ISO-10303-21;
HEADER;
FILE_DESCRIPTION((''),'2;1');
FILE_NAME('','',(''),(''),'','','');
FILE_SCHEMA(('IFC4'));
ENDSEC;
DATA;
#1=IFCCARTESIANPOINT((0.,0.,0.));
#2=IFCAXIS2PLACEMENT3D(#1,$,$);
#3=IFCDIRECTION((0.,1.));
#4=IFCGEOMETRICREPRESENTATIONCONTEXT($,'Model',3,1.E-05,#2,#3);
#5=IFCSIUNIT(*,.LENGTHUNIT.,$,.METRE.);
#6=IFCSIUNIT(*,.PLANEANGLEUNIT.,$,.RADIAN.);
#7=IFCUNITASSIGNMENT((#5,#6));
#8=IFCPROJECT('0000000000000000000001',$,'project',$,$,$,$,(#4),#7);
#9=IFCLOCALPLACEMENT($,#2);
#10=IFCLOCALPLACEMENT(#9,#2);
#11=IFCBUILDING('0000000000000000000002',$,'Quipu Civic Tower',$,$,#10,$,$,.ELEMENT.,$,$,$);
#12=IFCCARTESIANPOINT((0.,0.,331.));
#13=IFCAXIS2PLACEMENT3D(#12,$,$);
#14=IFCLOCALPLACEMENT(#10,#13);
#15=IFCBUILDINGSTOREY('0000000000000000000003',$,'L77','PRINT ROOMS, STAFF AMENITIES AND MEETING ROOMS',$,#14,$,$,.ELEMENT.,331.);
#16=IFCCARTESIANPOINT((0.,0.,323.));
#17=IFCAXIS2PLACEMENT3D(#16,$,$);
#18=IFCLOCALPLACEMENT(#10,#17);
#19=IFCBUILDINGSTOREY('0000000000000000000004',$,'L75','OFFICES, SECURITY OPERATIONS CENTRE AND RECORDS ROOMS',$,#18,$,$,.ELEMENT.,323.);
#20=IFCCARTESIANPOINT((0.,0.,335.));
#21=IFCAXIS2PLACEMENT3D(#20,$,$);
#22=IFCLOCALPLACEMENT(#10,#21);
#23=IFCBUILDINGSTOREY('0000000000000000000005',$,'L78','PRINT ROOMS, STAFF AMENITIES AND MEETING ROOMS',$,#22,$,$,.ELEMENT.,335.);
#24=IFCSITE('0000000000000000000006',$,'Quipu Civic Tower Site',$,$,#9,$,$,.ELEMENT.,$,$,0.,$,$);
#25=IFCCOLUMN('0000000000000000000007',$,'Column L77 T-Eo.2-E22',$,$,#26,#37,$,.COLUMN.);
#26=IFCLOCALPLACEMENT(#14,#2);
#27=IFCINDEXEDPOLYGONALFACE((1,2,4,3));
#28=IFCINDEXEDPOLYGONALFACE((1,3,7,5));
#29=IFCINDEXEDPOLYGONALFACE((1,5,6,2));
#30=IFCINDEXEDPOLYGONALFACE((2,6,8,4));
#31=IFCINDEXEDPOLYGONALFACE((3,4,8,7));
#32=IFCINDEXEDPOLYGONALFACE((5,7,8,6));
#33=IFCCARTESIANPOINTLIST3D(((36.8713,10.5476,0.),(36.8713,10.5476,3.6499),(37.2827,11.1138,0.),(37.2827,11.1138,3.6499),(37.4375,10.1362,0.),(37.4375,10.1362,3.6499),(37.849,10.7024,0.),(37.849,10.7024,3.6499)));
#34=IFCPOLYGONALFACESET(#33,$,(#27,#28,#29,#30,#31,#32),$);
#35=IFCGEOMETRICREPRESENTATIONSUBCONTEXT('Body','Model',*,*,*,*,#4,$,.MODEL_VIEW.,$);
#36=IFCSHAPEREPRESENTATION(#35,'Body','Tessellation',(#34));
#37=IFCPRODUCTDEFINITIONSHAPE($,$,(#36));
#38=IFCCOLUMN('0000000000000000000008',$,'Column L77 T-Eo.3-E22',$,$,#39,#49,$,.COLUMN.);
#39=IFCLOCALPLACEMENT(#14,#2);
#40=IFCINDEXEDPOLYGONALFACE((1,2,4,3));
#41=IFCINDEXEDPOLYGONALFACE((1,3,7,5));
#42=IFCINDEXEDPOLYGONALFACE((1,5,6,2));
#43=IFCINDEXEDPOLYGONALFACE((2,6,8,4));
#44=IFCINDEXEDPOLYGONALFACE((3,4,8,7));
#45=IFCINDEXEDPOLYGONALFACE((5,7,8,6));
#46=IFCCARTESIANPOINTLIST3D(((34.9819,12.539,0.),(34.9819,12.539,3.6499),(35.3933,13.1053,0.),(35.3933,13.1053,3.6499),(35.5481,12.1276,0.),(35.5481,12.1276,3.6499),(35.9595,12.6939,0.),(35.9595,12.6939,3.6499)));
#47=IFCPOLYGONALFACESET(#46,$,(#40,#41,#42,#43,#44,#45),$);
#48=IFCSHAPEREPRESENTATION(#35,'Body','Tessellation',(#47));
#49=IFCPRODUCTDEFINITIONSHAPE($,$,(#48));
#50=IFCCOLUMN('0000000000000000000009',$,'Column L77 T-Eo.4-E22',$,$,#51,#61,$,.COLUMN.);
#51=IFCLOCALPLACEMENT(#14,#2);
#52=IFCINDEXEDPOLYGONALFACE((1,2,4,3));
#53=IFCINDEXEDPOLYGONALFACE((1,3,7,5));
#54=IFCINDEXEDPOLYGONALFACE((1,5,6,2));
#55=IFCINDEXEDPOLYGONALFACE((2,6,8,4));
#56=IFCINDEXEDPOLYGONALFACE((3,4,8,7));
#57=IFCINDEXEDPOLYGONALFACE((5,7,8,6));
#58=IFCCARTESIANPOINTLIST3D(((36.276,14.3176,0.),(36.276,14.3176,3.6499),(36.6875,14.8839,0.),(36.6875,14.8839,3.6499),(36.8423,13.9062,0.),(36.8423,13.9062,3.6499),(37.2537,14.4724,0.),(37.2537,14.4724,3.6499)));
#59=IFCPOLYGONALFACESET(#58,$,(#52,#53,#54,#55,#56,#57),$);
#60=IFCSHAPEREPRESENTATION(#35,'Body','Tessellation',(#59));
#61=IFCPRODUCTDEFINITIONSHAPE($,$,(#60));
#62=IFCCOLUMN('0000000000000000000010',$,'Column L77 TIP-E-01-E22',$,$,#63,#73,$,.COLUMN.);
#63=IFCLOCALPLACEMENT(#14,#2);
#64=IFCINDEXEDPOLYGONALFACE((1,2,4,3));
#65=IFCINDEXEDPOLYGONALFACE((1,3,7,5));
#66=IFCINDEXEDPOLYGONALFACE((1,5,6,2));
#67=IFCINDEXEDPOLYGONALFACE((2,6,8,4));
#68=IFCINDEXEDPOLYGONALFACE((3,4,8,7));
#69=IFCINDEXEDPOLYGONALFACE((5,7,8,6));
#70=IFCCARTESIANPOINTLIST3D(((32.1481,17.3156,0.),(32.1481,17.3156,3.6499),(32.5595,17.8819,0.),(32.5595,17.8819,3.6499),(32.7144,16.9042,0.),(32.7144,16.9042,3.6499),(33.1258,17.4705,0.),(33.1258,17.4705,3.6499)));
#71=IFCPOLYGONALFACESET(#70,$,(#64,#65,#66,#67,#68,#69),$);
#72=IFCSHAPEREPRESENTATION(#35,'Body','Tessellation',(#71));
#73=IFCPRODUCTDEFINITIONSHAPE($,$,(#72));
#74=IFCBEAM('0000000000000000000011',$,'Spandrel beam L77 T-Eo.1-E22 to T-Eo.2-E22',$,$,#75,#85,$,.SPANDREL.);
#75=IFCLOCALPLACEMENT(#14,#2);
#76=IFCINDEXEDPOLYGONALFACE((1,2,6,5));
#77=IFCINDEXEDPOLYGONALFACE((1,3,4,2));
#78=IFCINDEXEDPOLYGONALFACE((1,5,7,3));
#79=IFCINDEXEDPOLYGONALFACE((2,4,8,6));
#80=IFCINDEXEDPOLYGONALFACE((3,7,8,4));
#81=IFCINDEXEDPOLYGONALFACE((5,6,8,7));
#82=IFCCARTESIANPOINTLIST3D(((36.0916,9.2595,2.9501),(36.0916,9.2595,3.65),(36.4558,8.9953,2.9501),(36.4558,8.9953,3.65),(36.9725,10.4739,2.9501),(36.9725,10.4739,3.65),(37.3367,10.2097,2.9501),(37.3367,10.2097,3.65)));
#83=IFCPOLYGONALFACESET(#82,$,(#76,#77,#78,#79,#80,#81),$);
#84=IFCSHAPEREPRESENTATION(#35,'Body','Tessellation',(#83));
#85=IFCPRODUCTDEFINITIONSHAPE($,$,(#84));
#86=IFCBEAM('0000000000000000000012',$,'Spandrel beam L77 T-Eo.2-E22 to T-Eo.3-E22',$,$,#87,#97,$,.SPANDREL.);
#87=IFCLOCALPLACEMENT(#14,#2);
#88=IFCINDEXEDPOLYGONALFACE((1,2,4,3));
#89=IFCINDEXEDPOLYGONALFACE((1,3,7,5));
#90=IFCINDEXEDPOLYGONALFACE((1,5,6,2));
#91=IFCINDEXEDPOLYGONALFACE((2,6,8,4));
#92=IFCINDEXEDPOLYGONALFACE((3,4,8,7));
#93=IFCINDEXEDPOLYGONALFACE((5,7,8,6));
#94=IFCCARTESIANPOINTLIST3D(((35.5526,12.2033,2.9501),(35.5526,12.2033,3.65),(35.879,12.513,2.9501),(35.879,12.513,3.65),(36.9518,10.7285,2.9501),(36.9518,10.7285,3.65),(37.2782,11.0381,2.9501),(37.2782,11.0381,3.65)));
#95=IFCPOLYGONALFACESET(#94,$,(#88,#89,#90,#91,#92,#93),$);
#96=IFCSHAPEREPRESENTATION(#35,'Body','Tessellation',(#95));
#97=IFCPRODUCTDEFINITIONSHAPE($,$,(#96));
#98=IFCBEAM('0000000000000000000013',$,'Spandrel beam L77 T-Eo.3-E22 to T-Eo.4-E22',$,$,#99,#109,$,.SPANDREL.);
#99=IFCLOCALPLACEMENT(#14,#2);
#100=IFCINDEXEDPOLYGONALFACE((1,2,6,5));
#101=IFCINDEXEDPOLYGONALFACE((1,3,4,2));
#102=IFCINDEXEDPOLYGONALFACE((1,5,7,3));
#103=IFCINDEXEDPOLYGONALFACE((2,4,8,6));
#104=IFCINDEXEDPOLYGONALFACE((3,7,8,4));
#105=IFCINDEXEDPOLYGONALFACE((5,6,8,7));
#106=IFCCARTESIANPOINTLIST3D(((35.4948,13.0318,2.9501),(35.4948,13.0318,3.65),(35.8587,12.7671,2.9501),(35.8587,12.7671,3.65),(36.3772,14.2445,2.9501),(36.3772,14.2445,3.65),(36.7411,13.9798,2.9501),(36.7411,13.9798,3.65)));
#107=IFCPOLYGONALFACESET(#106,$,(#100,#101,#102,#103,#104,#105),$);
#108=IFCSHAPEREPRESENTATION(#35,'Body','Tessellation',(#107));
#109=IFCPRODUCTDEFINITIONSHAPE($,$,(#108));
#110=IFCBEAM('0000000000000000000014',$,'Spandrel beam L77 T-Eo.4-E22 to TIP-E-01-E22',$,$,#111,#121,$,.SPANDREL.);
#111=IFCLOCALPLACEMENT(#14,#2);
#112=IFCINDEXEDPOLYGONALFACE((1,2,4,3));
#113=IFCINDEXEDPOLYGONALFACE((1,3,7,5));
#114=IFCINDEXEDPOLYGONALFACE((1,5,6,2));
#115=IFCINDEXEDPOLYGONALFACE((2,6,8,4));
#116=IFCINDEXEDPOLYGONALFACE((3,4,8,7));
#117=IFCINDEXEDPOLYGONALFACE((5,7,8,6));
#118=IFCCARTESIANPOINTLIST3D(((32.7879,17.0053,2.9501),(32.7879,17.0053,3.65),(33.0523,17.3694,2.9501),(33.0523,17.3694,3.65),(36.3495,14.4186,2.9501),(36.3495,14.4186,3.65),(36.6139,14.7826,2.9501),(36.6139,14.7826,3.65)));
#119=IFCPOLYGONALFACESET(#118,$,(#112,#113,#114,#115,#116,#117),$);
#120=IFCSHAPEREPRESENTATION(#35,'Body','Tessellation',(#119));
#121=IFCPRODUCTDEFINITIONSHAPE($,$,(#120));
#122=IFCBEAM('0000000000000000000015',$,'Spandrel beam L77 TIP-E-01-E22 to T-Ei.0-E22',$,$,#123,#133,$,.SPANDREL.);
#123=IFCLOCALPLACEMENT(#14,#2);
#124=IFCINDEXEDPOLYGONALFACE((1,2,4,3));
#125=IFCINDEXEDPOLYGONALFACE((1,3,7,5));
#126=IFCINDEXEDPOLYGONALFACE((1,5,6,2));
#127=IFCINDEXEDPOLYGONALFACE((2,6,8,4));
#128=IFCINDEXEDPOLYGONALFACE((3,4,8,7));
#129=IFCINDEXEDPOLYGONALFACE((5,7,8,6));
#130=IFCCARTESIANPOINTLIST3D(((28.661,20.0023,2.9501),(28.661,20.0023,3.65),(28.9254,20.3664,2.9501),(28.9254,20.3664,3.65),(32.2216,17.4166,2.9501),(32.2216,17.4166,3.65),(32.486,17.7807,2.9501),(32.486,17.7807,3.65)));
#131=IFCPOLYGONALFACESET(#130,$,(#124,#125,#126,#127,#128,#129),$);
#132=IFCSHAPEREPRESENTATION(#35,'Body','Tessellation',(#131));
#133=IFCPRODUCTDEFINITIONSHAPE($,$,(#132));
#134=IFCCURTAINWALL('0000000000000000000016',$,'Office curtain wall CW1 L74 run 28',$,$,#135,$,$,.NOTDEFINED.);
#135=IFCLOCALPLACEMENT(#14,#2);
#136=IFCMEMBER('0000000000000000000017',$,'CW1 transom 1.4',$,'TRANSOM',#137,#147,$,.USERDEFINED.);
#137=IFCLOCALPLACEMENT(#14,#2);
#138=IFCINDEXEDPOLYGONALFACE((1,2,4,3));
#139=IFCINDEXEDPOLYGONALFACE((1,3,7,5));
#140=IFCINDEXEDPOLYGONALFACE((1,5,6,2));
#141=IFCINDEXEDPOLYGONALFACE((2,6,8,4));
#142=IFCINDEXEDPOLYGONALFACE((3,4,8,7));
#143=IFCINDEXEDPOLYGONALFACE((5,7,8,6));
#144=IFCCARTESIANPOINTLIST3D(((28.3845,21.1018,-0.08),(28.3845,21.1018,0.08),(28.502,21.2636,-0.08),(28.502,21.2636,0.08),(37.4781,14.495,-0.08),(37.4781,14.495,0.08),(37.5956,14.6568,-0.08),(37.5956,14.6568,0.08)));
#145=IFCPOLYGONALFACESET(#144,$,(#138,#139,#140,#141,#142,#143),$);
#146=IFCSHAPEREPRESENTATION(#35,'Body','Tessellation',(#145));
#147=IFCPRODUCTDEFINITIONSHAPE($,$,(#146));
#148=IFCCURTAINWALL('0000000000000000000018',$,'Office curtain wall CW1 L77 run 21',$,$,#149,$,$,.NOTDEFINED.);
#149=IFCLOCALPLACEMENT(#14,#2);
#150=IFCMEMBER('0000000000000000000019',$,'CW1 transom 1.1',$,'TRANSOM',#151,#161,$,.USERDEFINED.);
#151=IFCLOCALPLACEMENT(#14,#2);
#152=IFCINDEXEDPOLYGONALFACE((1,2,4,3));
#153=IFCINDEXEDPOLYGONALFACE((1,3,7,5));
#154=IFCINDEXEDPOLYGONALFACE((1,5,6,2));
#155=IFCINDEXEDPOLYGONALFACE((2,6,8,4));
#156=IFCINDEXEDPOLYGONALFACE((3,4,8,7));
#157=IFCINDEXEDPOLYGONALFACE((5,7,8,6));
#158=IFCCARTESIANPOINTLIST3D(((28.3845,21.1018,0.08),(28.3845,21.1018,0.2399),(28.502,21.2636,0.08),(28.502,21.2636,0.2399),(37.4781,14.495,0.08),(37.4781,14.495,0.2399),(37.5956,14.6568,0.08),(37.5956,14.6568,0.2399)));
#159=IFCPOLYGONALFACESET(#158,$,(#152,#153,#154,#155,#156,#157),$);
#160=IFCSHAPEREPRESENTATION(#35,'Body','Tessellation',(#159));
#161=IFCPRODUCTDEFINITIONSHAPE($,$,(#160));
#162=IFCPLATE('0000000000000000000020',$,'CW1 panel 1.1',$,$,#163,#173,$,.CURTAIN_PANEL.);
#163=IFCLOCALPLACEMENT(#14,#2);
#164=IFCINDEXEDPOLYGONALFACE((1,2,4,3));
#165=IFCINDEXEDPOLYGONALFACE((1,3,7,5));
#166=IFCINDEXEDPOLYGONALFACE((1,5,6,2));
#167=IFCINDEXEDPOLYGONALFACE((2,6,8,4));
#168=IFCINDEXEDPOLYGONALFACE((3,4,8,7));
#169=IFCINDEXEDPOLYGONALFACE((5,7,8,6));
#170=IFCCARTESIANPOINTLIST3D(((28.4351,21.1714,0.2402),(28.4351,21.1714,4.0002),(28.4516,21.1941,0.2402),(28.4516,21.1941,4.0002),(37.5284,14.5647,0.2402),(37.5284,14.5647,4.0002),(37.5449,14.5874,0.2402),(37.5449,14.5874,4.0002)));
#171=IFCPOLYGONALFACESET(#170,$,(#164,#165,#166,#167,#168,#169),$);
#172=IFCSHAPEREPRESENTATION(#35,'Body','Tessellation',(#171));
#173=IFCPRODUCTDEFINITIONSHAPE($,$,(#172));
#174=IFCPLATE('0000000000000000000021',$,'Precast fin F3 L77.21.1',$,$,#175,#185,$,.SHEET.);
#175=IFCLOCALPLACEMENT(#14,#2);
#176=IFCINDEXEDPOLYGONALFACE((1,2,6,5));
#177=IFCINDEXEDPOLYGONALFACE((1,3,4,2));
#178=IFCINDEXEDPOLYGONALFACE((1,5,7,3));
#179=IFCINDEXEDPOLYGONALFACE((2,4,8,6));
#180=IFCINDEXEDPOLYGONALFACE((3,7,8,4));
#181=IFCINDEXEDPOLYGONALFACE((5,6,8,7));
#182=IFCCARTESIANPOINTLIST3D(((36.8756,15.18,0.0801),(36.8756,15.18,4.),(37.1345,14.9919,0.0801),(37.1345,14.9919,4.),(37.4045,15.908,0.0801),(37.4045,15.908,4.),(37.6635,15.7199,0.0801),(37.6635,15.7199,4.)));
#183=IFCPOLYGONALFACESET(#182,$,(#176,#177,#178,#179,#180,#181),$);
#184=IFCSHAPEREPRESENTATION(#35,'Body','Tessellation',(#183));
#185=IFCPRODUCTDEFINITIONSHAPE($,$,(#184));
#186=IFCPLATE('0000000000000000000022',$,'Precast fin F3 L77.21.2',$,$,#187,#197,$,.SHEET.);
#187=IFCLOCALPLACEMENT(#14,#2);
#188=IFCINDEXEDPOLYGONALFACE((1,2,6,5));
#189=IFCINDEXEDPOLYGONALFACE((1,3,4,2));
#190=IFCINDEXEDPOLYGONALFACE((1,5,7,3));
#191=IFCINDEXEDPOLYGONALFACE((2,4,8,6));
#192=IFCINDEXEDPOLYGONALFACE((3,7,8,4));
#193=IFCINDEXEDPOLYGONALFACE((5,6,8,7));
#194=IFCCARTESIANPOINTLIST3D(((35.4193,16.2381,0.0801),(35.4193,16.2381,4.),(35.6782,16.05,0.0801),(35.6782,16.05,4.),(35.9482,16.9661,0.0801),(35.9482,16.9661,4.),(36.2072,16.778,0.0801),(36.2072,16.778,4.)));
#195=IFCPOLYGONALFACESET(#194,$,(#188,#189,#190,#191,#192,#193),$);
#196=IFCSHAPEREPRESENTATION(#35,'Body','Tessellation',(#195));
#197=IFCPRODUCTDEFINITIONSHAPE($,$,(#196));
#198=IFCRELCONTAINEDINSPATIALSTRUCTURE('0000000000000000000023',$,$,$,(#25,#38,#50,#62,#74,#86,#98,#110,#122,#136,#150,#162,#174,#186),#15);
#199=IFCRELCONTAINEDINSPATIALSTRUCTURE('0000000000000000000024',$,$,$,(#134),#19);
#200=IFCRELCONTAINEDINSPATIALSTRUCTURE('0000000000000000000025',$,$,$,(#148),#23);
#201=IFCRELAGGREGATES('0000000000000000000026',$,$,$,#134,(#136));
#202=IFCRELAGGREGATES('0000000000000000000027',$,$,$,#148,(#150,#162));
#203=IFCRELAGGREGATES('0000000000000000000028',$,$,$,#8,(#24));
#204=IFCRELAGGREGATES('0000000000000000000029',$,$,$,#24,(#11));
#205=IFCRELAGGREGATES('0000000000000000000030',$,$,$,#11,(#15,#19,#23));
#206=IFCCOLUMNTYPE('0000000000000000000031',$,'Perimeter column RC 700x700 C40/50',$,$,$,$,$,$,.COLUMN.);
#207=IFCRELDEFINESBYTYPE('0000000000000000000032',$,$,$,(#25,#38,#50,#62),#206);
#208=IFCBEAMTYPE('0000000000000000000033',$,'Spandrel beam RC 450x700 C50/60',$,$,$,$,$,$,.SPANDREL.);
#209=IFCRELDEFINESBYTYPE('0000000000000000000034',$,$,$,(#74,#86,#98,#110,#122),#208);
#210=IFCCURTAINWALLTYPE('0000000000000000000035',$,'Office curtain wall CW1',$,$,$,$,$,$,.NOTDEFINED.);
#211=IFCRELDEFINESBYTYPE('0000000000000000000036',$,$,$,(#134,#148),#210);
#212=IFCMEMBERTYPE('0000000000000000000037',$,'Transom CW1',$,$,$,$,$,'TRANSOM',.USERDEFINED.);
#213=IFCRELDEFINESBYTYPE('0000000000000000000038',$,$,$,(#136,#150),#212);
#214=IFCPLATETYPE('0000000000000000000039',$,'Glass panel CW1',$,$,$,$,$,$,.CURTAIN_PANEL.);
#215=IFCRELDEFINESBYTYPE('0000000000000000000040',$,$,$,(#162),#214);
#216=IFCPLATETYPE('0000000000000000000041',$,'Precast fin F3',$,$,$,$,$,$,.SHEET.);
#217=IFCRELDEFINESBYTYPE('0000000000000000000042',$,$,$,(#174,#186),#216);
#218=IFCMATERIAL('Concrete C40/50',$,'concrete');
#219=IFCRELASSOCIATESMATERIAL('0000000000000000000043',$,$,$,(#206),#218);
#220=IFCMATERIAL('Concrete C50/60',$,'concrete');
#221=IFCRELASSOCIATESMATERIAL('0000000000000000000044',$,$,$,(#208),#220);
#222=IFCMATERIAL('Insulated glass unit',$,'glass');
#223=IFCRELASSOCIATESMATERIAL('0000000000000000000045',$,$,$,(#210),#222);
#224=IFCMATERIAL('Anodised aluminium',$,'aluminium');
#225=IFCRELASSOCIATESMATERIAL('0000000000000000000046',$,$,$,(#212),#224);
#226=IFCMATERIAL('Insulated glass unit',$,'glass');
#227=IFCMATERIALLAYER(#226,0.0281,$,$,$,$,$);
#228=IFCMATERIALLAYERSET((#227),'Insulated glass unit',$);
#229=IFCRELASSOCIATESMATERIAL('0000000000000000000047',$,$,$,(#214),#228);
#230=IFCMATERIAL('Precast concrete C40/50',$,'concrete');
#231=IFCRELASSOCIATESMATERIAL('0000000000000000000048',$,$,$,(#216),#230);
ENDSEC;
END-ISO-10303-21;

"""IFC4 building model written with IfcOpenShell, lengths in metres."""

from ifc_helpers import new_model, si_unit, direction, frame, origin, origin_2d, place, context, subcontext, project, spatial, rectangle, extrude, material, layer, layer_set, material_profile, profile_set, type_object, element, aggregate, save


model = new_model("IFC4")

# Units and contexts
model_context = context("Model", 3, precision=1e-05, world=origin(), true_north=direction((0.0, 1.0)))
body_context = subcontext(model_context, "Body", "Model", "MODEL_VIEW")
ifc_project = project(units=[si_unit("LENGTHUNIT", "METRE"), si_unit("PLANEANGLEUNIT", "RADIAN")], contexts=[model_context])

# Site, building, storey
site_placement = place(None, origin())
site = spatial("IfcSite", under=ifc_project, at=site_placement, Name="Quipu Civic Tower Site", CompositionType="ELEMENT", RefElevation=0.0)
building_placement = place(site_placement, origin())
building = spatial("IfcBuilding", under=site, at=building_placement, Name="Quipu Civic Tower", CompositionType="ELEMENT")
storey_1_placement = place(building_placement, frame((0.0, 0.0, 331.0)))
storey_1 = spatial("IfcBuildingStorey", under=building, at=storey_1_placement, Name="L77", Description="PRINT ROOMS, STAFF AMENITIES AND MEETING ROOMS", CompositionType="ELEMENT", Elevation=331.0)

# Columns
ifc_material_1 = material(Name="Concrete C40/50", Category="concrete")
ifc_material_profile_1 = material_profile(ifc_material_1, rectangle(XDim=0.7, YDim=0.7, at=origin_2d()), Name="RC700x700")
ifc_profile_set_1 = profile_set([ifc_material_profile_1], Name="Concrete C40/50")
column_type = type_object("IfcColumnType", Name="Perimeter column RC 700x700 C40/50", PredefinedType="COLUMN", material=ifc_profile_set_1)
for number, where, z_axis, x_axis, name in (
    (1, (37.3601, 10.625, 0.0), (0.0, 0.0, 1.0), (0.587785, 0.809017, 0.0), "Column L77 T-Eo.2-E22"),
    (2, (35.4707, 12.6165, 0.0), (0.0, 0.0, 1.0), (-0.809017, 0.587785, 0.0), "Column L77 T-Eo.3-E22"),
    (3, (36.7649, 14.395, 0.0), (0.0, 0.0, 1.0), (-0.809017, 0.587785, 0.0), "Column L77 T-Eo.4-E22"),
    (4, (32.637, 17.3931, 0.0), (0.0, 0.0, 1.0), (-0.809017, 0.587785, 0.0), "Column L77 TIP-E-01-E22"),
):
    element("IfcColumn", number, at=place(storey_1_placement, frame(where, z_axis=z_axis, x_axis=x_axis)), inside=storey_1, type_object=column_type, Name=name, PredefinedType="COLUMN", context=body_context, shape_type="SweptSolid", body=[
        extrude(rectangle(XDim=0.7, YDim=0.7, at=origin_2d()), origin(), (0.0, 0.0, 1.0), 3.6499),
    ])

# Beams
ifc_material_2 = material(Name="Concrete C50/60", Category="concrete")
ifc_material_profile_2 = material_profile(ifc_material_2, rectangle(XDim=0.45, YDim=0.7, at=origin_2d()), Name="RC450x700")
ifc_profile_set_2 = profile_set([ifc_material_profile_2], Name="Concrete C50/60")
beam_type = type_object("IfcBeamType", Name="Spandrel beam RC 450x700 C50/60", PredefinedType="SPANDREL", material=ifc_profile_set_2)
beam_1_placement = place(storey_1_placement, frame((36.2737, 9.1274, 3.3), z_axis=(0.587165, 0.809467, 0.0), x_axis=(-0.809467, 0.587165, 0.0)))
element("IfcBeam", 5, at=beam_1_placement, inside=storey_1, type_object=beam_type, Name="Spandrel beam L77 T-Eo.1-E22 to T-Eo.2-E22", PredefinedType="SPANDREL", context=body_context, shape_type="SweptSolid", body=[
    extrude(rectangle(XDim=0.45, YDim=0.7, at=origin_2d()), origin(), (0.0, 0.0, 1.0), 1.5002),
])
beam_2_placement = place(storey_1_placement, frame((37.115, 10.8833, 3.3), z_axis=(-0.688247, 0.725476, 0.0), x_axis=(-0.725476, -0.688247, 0.0)))
element("IfcBeam", 6, at=beam_2_placement, inside=storey_1, type_object=beam_type, Name="Spandrel beam L77 T-Eo.2-E22 to T-Eo.3-E22", PredefinedType="SPANDREL", context=body_context, shape_type="SweptSolid", body=[
    extrude(rectangle(XDim=0.45, YDim=0.7, at=origin_2d()), origin(), (0.0, 0.0, 1.0), 2.033),
])
beam_3_placement = place(storey_1_placement, frame((35.6768, 12.8994, 3.3), z_axis=(0.588346, 0.808609, 0.0), x_axis=(-0.808609, 0.588346, 0.0)))
element("IfcBeam", 7, at=beam_3_placement, inside=storey_1, type_object=beam_type, Name="Spandrel beam L77 T-Eo.3-E22 to T-Eo.4-E22", PredefinedType="SPANDREL", context=body_context, shape_type="SweptSolid", body=[
    extrude(rectangle(XDim=0.45, YDim=0.7, at=origin_2d()), origin(), (0.0, 0.0, 1.0), 1.4998),
])
beam_4_placement = place(storey_1_placement, frame((36.4817, 14.6006, 3.3), z_axis=(-0.809117, 0.587647, 0.0), x_axis=(-0.587647, -0.809117, 0.0)))
element("IfcBeam", 8, at=beam_4_placement, inside=storey_1, type_object=beam_type, Name="Spandrel beam L77 T-Eo.4-E22 to TIP-E-01-E22", PredefinedType="SPANDREL", context=body_context, shape_type="SweptSolid", body=[
    extrude(rectangle(XDim=0.45, YDim=0.7, at=origin_2d()), origin(), (0.0, 0.0, 1.0), 4.4019),
])
beam_5_placement = place(storey_1_placement, frame((32.3538, 17.5986, 3.3), z_axis=(-0.809146, 0.587607, 0.0), x_axis=(-0.587607, -0.809146, 0.0)))
element("IfcBeam", 9, at=beam_5_placement, inside=storey_1, type_object=beam_type, Name="Spandrel beam L77 TIP-E-01-E22 to T-Ei.0-E22", PredefinedType="SPANDREL", context=body_context, shape_type="SweptSolid", body=[
    extrude(rectangle(XDim=0.45, YDim=0.7, at=origin_2d()), origin(), (0.0, 0.0, 1.0), 4.4004),
])

# Shared definitions
storey_2_placement = place(building_placement, frame((0.0, 0.0, 323.0)))
storey_2 = spatial("IfcBuildingStorey", under=building, at=storey_2_placement, Name="L75", Description="OFFICES, SECURITY OPERATIONS CENTRE AND RECORDS ROOMS", CompositionType="ELEMENT", Elevation=323.0)

# Curtain wall, member
ifc_material_3 = material(Name="Insulated glass unit", Category="glass")
curtain_wall_type = type_object("IfcCurtainWallType", Name="Office curtain wall CW1", PredefinedType="NOTDEFINED", material=ifc_material_3)
curtain_wall_1_placement = place(storey_2_placement, origin())
curtain_wall_1 = element("IfcCurtainWall", 10, at=curtain_wall_1_placement, inside=storey_2, type_object=curtain_wall_type, Name="Office curtain wall CW1 L74 run 28", PredefinedType="NOTDEFINED")
ifc_material_4 = material(Name="Anodised aluminium", Category="aluminium")
ifc_material_profile_3 = material_profile(ifc_material_4, rectangle(XDim=0.2, YDim=0.1599, at=origin_2d()), Name="RECT 200x160")
ifc_profile_set_3 = profile_set([ifc_material_profile_3], Name="Anodised aluminium")
member_type = type_object("IfcMemberType", Name="Transom CW1", ElementType="TRANSOM", PredefinedType="USERDEFINED", material=ifc_profile_set_3)
member_1_placement = place(storey_1_placement, frame((37.5369, 14.5759, 0.0), z_axis=(-0.809022, 0.587778, 0.0), x_axis=(-0.587778, -0.809022, 0.0)))
member_1 = element("IfcMember", 11, at=member_1_placement, inside=storey_1, type_object=member_type, Name="CW1 transom 1.4", ObjectType="TRANSOM", PredefinedType="USERDEFINED", context=body_context, shape_type="SweptSolid", body=[
    extrude(rectangle(XDim=0.2, YDim=0.1599, at=origin_2d()), origin(), (0.0, 0.0, 1.0), 11.2402),
])
aggregate(curtain_wall_1, [member_1])

# Shared definitions
storey_3_placement = place(building_placement, frame((0.0, 0.0, 335.0)))
storey_3 = spatial("IfcBuildingStorey", under=building, at=storey_3_placement, Name="L78", Description="PRINT ROOMS, STAFF AMENITIES AND MEETING ROOMS", CompositionType="ELEMENT", Elevation=335.0)

# Curtain wall, member, plate
curtain_wall_2_placement = place(storey_3_placement, origin())
curtain_wall_2 = element("IfcCurtainWall", 12, at=curtain_wall_2_placement, inside=storey_3, type_object=curtain_wall_type, Name="Office curtain wall CW1 L77 run 21", PredefinedType="NOTDEFINED")
member_2_placement = place(storey_1_placement, frame((37.5369, 14.5759, 0.1599), z_axis=(-0.809022, 0.587778, 0.0), x_axis=(-0.587778, -0.809022, 0.0)))
member_2 = element("IfcMember", 13, at=member_2_placement, inside=storey_1, type_object=member_type, Name="CW1 transom 1.1", ObjectType="TRANSOM", PredefinedType="USERDEFINED", context=body_context, shape_type="SweptSolid", body=[
    extrude(rectangle(XDim=0.2, YDim=0.1599, at=origin_2d()), origin(), (0.0, 0.0, 1.0), 11.2402),
])
ifc_material_5 = material(Name="Insulated glass unit", Category="glass")
ifc_layer_1 = layer(ifc_material_5, 0.0281)
ifc_layer_set_1 = layer_set([ifc_layer_1], Name="Insulated glass unit")
plate_type_1 = type_object("IfcPlateType", Name="Glass panel CW1", PredefinedType="CURTAIN_PANEL", material=ifc_layer_set_1)
plate_placement = place(storey_1_placement, frame((32.99, 17.8794, 0.2402), z_axis=(0.0, 0.0, 1.0), x_axis=(-0.809015, 0.587788, 0.0)))
plate = element("IfcPlate", 14, at=plate_placement, inside=storey_1, type_object=plate_type_1, Name="CW1 panel 1.1", PredefinedType="CURTAIN_PANEL", context=body_context, shape_type="SweptSolid", body=[
    extrude(rectangle(XDim=11.24, YDim=0.0281, at=origin_2d()), origin(), (0.0, 0.0, 1.0), 3.76),
])
aggregate(curtain_wall_2, [member_2, plate])

# Plates
ifc_material_6 = material(Name="Precast concrete C40/50", Category="concrete")
plate_type_2 = type_object("IfcPlateType", Name="Precast fin F3", PredefinedType="SHEET", material=ifc_material_6)
for number, where, z_axis, x_axis, name in (
    (15, (37.2695, 15.45, 0.0801), (0.0, 0.0, 1.0), (-0.809017, 0.587785, 0.0), "Precast fin F3 L77.21.1"),
    (16, (35.8132, 16.5081, 0.0801), (0.0, 0.0, 1.0), (-0.809017, 0.587785, 0.0), "Precast fin F3 L77.21.2"),
):
    element("IfcPlate", number, at=place(storey_1_placement, frame(where, z_axis=z_axis, x_axis=x_axis)), inside=storey_1, type_object=plate_type_2, Name=name, PredefinedType="SHEET", context=body_context, shape_type="SweptSolid", body=[
        extrude(rectangle(XDim=0.3201, YDim=0.8999, at=origin_2d()), origin(), (0.0, 0.0, 1.0), 3.9199),
    ])

save(model, "model.ifc")
